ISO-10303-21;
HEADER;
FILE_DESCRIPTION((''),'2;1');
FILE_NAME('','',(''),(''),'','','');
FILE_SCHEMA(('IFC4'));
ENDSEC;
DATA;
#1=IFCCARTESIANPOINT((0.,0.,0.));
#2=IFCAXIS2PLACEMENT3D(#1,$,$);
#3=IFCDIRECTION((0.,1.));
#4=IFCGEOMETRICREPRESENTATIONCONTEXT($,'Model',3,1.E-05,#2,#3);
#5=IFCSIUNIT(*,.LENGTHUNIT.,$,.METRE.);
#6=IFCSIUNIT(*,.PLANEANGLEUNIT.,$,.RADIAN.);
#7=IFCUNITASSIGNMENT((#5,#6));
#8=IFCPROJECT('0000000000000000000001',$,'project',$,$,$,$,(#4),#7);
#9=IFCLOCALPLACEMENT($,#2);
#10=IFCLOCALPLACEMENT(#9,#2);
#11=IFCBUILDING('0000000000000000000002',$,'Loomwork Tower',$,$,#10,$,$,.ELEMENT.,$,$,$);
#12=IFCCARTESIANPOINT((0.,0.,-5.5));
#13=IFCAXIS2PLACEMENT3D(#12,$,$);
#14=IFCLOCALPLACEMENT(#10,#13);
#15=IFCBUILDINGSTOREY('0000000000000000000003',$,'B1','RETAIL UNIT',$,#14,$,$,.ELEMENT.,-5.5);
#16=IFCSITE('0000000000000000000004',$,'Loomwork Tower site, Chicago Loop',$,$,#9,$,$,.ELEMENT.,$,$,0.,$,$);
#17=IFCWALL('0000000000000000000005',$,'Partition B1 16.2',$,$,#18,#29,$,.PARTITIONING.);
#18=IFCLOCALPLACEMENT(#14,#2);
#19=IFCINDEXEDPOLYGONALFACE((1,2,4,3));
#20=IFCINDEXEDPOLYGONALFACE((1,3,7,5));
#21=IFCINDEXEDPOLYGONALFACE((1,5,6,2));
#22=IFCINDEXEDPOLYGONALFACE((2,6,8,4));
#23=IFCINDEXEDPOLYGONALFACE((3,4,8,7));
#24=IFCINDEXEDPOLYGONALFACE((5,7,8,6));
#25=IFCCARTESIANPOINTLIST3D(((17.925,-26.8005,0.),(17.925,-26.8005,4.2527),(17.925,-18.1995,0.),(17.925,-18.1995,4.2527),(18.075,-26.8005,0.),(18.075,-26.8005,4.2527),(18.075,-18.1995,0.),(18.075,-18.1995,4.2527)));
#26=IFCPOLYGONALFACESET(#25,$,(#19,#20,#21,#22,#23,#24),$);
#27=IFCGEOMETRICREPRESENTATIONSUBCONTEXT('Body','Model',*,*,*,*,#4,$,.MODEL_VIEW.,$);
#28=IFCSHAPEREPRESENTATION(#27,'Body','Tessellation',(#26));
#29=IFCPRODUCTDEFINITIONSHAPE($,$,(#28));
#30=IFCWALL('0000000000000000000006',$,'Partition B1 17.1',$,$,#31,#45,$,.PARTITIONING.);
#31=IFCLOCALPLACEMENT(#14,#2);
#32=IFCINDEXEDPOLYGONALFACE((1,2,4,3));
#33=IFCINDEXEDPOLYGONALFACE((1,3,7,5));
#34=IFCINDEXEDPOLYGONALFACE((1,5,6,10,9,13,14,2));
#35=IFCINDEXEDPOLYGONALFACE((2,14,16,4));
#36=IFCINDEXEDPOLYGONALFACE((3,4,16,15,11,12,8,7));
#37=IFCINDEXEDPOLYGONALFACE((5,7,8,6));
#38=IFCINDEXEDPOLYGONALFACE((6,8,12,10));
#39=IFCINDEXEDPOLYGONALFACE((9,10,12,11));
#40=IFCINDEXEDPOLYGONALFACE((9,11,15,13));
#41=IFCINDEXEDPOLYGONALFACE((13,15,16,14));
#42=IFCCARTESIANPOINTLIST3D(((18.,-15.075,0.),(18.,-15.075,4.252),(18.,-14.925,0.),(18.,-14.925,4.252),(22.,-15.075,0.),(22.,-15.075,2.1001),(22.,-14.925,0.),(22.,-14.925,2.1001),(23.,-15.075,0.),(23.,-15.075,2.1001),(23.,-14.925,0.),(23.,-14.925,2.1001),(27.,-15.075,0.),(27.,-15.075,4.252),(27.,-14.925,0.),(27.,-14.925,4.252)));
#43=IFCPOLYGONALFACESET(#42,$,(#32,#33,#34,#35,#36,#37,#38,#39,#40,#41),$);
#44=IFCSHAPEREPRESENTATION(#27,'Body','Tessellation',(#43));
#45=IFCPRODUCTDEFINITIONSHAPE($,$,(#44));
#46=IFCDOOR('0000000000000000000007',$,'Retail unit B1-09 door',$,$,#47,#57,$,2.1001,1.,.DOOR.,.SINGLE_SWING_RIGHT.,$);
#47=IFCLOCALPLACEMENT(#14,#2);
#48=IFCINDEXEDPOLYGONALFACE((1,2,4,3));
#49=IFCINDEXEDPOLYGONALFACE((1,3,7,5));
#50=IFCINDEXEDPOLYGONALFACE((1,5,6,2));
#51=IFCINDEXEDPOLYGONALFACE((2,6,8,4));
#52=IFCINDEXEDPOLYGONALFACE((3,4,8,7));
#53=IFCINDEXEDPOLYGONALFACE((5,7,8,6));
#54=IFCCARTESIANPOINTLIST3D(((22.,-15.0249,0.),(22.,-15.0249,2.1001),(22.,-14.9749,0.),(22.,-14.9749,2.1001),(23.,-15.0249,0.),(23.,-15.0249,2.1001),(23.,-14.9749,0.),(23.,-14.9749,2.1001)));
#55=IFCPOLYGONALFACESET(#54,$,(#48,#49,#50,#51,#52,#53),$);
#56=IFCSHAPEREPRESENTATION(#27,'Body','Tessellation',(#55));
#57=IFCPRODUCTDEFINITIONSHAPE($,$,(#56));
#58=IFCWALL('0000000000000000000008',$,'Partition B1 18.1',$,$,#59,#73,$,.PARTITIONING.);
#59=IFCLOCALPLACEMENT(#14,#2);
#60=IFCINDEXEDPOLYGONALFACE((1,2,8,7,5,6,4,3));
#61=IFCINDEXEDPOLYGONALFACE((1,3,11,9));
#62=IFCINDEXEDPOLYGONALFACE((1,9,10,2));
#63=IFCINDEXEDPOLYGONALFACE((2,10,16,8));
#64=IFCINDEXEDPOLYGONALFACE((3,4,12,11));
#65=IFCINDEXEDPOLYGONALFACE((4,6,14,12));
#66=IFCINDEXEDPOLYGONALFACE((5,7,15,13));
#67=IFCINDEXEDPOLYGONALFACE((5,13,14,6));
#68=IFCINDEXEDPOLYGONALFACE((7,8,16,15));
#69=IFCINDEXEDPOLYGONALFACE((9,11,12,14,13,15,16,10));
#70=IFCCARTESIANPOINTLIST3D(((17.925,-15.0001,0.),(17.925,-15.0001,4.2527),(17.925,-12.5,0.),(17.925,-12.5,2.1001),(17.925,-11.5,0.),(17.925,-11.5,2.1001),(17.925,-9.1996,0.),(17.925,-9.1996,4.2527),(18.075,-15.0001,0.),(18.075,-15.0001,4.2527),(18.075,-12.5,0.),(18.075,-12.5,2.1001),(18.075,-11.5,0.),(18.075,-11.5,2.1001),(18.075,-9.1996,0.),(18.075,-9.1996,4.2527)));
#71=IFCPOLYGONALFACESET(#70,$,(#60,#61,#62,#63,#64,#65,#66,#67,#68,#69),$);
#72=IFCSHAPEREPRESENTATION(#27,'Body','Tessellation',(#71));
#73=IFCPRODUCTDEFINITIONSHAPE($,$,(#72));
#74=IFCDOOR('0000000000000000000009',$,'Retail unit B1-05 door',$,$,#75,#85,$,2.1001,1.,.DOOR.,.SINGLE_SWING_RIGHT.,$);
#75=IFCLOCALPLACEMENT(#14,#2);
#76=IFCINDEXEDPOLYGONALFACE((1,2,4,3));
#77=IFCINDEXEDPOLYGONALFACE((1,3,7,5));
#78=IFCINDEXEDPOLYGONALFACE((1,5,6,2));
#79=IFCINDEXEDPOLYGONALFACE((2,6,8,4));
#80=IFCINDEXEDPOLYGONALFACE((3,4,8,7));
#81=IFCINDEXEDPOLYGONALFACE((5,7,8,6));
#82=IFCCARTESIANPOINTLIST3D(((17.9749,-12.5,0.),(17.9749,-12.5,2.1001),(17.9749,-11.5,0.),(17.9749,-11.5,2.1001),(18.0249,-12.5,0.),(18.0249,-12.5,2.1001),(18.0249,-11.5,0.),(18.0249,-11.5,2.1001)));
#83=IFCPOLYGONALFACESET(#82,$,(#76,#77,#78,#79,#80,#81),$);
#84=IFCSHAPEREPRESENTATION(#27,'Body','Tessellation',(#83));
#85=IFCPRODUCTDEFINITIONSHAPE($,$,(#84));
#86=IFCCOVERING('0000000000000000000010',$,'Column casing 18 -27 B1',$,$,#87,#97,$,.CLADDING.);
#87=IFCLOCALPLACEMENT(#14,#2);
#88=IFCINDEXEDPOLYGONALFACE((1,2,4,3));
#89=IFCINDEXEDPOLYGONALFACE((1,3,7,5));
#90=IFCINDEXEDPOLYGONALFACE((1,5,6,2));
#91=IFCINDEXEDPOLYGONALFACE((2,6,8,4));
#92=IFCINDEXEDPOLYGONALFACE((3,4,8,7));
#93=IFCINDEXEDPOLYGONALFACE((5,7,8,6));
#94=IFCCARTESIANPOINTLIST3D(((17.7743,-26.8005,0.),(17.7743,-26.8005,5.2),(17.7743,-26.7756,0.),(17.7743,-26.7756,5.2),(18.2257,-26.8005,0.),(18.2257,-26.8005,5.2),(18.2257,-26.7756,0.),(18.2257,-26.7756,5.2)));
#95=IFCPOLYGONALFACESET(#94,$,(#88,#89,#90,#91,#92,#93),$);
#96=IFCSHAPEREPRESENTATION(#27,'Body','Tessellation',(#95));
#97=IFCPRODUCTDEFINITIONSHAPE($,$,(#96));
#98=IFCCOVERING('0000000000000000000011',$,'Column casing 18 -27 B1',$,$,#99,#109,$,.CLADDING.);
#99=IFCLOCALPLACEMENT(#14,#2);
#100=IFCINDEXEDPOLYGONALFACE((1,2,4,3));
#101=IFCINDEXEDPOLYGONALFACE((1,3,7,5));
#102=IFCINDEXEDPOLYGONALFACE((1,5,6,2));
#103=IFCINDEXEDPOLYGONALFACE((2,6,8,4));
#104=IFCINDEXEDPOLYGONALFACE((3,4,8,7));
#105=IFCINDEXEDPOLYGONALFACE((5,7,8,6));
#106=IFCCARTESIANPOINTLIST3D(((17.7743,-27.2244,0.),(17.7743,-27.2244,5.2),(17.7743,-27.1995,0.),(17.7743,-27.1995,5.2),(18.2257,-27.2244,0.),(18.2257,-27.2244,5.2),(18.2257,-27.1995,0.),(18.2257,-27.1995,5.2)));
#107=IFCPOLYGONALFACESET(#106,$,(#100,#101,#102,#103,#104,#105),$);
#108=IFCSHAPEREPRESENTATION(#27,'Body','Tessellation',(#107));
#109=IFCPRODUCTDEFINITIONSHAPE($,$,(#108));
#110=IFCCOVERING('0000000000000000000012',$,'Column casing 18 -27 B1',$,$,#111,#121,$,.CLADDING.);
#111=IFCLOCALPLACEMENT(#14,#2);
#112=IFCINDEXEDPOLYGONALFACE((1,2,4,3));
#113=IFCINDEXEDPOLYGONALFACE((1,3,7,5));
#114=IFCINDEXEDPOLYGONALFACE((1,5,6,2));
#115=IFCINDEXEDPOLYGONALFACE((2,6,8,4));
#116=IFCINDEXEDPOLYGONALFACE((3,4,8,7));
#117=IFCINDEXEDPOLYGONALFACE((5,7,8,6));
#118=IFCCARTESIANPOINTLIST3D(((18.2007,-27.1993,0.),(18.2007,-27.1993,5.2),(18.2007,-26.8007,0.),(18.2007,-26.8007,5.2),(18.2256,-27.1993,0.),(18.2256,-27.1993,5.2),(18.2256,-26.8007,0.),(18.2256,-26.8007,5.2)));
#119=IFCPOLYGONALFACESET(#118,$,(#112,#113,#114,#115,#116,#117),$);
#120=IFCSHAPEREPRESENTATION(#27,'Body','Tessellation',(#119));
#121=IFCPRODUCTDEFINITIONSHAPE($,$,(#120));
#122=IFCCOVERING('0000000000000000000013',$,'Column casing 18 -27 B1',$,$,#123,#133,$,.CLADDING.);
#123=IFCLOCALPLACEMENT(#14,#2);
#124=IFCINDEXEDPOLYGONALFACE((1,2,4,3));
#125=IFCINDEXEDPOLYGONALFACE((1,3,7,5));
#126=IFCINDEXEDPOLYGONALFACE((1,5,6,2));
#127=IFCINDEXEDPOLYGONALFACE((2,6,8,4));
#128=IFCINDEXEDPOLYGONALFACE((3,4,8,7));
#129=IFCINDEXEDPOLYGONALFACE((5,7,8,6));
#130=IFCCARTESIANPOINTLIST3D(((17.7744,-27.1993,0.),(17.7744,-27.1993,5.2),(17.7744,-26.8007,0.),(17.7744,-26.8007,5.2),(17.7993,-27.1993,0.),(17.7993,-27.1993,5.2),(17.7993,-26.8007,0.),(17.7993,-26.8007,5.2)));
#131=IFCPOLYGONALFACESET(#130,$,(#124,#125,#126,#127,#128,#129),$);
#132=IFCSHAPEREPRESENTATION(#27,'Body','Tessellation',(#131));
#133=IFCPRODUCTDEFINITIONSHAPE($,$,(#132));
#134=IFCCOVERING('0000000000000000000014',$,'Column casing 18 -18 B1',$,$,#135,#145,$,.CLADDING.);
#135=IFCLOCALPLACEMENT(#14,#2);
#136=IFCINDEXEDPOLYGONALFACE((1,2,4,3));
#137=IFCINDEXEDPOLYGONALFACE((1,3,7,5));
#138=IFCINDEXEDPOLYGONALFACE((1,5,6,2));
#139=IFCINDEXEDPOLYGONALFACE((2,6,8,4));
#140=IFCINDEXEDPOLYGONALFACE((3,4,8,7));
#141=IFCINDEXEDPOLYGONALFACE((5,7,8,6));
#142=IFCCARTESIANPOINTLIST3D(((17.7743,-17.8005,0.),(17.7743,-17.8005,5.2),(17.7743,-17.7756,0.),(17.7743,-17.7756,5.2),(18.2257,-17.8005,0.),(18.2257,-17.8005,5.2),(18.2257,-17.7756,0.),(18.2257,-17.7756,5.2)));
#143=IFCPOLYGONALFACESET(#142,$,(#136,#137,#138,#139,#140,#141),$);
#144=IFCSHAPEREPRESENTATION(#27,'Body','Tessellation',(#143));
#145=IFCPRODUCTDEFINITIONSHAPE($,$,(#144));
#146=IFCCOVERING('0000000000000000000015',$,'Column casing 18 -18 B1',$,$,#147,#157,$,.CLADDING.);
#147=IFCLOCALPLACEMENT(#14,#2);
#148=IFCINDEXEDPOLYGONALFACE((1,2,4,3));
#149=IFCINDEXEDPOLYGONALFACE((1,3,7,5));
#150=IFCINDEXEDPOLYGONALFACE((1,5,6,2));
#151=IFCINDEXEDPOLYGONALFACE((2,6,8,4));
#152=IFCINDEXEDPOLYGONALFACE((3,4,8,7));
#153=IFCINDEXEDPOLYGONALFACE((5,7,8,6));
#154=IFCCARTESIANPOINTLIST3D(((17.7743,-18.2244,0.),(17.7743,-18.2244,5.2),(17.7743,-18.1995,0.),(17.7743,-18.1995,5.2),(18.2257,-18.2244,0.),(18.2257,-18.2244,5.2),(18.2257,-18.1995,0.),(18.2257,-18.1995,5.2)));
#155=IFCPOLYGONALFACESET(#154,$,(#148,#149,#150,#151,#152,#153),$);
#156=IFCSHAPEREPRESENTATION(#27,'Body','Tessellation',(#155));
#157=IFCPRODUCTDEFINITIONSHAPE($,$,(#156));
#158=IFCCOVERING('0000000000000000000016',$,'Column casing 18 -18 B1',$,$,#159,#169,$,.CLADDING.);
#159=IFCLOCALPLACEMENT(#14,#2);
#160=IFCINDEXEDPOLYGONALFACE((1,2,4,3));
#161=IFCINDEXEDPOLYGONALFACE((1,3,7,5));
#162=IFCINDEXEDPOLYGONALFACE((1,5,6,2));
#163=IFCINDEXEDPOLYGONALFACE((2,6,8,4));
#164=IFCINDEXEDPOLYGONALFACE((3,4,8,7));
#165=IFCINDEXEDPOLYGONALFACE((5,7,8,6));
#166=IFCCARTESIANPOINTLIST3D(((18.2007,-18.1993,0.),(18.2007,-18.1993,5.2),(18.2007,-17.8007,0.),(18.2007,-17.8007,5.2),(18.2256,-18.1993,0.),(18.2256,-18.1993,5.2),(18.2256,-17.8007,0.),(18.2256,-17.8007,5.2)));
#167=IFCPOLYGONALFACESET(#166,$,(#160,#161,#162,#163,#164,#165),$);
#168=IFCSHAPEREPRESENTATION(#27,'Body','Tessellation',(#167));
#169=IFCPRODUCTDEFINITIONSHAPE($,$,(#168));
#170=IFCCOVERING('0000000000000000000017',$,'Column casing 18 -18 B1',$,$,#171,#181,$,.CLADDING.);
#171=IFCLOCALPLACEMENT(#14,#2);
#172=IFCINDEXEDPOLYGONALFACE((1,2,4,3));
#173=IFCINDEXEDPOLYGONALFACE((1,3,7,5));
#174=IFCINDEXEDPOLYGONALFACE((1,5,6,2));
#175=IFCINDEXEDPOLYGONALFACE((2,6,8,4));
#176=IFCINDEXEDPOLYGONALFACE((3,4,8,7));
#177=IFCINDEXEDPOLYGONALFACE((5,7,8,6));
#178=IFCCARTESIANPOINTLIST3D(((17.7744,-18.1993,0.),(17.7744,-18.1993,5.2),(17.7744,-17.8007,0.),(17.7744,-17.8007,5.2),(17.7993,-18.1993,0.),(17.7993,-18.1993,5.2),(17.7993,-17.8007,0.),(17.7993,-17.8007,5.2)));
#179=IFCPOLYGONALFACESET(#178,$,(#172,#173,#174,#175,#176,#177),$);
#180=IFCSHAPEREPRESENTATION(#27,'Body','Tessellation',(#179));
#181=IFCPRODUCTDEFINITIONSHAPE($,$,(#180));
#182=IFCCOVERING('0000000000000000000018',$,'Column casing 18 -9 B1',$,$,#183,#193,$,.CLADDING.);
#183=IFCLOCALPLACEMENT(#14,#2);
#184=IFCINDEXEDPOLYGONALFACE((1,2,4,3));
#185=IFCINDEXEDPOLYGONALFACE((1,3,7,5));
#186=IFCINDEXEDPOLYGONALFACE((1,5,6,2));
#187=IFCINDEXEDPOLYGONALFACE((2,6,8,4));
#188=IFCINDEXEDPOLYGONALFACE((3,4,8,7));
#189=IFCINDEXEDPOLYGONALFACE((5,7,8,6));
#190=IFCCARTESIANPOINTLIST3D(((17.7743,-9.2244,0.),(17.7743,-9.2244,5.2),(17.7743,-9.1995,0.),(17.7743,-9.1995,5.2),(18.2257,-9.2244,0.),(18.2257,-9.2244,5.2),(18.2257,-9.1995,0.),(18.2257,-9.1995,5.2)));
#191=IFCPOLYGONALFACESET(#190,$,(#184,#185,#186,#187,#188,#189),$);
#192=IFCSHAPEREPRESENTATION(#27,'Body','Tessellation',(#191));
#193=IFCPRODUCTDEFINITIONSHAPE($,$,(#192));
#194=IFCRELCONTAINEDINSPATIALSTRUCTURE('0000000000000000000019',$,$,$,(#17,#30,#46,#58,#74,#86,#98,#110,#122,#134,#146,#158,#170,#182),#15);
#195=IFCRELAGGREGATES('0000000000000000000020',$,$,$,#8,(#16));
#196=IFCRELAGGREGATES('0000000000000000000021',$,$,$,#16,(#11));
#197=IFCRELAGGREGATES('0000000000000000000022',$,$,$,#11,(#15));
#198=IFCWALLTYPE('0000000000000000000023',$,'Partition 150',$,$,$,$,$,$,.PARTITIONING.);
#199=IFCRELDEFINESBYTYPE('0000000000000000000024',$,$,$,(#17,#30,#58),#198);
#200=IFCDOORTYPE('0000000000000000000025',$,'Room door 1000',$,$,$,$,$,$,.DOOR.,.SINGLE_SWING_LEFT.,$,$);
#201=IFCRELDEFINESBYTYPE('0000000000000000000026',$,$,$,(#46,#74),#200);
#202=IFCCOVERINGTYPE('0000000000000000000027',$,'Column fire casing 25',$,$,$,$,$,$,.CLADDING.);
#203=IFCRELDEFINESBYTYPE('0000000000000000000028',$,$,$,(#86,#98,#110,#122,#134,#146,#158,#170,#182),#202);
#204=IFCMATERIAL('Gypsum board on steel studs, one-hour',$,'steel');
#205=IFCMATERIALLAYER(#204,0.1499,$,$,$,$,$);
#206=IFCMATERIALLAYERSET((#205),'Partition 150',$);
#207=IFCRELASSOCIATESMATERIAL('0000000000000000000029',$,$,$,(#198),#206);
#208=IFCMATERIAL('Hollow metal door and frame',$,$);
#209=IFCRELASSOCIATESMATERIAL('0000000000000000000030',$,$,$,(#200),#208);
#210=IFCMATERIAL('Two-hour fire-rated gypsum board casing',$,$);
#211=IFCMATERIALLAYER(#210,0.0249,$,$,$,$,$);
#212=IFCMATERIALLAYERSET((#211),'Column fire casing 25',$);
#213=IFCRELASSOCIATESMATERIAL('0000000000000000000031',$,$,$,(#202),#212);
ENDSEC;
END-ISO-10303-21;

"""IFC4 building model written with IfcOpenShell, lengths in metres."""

from ifc_helpers import new_model, si_unit, direction, frame, frame_2d, origin, origin_2d, place, context, subcontext, project, spatial, rectangle, extrude, material, layer, layer_set, type_object, element, fill, save


model = new_model("IFC4")

# Units and contexts
model_context = context("Model", 3, precision=1e-05, world=origin(), true_north=direction((0.0, 1.0)))
body_context = subcontext(model_context, "Body", "Model", "MODEL_VIEW")
ifc_project = project(units=[si_unit("LENGTHUNIT", "METRE"), si_unit("PLANEANGLEUNIT", "RADIAN")], contexts=[model_context])

# Site, building, storey
site_placement = place(None, origin())
site = spatial("IfcSite", under=ifc_project, at=site_placement, Name="Loomwork Tower site, Chicago Loop", CompositionType="ELEMENT", RefElevation=0.0)
building_placement = place(site_placement, origin())
building = spatial("IfcBuilding", under=site, at=building_placement, Name="Loomwork Tower", CompositionType="ELEMENT")
storey_placement = place(building_placement, frame((0.0, 0.0, -5.5)))
storey = spatial("IfcBuildingStorey", under=building, at=storey_placement, Name="B1", Description="RETAIL UNIT", CompositionType="ELEMENT", Elevation=-5.5)

# Wall
ifc_material_1 = material(Name="Gypsum board on steel studs, one-hour", Category="steel")
ifc_layer_1 = layer(ifc_material_1, 0.1499)
ifc_layer_set_1 = layer_set([ifc_layer_1], Name="Partition 150")
wall_type = type_object("IfcWallType", Name="Partition 150", PredefinedType="PARTITIONING", material=ifc_layer_set_1)
wall_1_placement = place(storey_placement, frame((18.0, -18.1995, 0.0), z_axis=(0.0, 0.0, 1.0), x_axis=(0.0, -1.0, 0.0)))
element("IfcWall", 1, at=wall_1_placement, inside=storey, type_object=wall_type, Name="Partition B1 16.2", PredefinedType="PARTITIONING", context=body_context, shape_type="SweptSolid", body=[
    extrude(rectangle(XDim=8.6011, YDim=0.1499, at=frame_2d((4.3005, 0.0))), origin(), (0.0, 0.0, 1.0), 4.2527),
])

# Walls, openings, doors
wall_2_placement = place(storey_placement, frame((18.0, -15.0, 0.0), z_axis=(0.0, 0.0, 1.0), x_axis=(1.0, 0.0, 0.0)))
wall_2 = element("IfcWall", 2, at=wall_2_placement, inside=storey, type_object=wall_type, Name="Partition B1 17.1", PredefinedType="PARTITIONING", context=body_context, shape_type="SweptSolid", body=[
    extrude(rectangle(XDim=9.0, YDim=0.1499, at=frame_2d((4.5, 0.0))), origin(), (0.0, 0.0, 1.0), 4.252),
])
opening_1_placement = place(wall_2_placement, frame((4.0, 0.0, 0.0)))
opening_1 = element("IfcOpeningElement", 3, at=opening_1_placement, cuts=wall_2, PredefinedType="OPENING", context=body_context, shape_type="SweptSolid", body=[
    extrude(rectangle(XDim=1.0, YDim=2.1001, at=frame_2d((0.5, 1.05))), frame((0.0, 0.085, 0.0), z_axis=(0.0, -1.0, 0.0), x_axis=(1.0, 0.0, 0.0)), (0.0, 0.0, 1.0), 0.1699),
])
ifc_material_2 = material(Name="Hollow metal door and frame")
door_type = type_object("IfcDoorType", Name="Room door 1000", OperationType="SINGLE_SWING_LEFT", PredefinedType="DOOR", material=ifc_material_2)
door_1_placement = place(opening_1_placement, frame((1.0, 0.0, 0.0), z_axis=(0.0, 0.0, 1.0), x_axis=(-1.0, 0.0, 0.0)))
door_1 = element("IfcDoor", 4, at=door_1_placement, inside=storey, type_object=door_type, Name="Retail unit B1-09 door", OperationType="SINGLE_SWING_RIGHT", OverallHeight=2.1001, OverallWidth=1.0, PredefinedType="DOOR", context=body_context, shape_type="SweptSolid", body=[
    extrude(rectangle(XDim=1.0, YDim=2.1001, at=frame_2d((0.5, 1.05))), frame((0.0, 0.0249, 0.0), z_axis=(0.0, -1.0, 0.0), x_axis=(1.0, 0.0, 0.0)), (0.0, 0.0, 1.0), 0.05),
])
fill(opening_1, door_1)
wall_3_placement = place(storey_placement, frame((18.0, -9.1995, 0.0), z_axis=(0.0, 0.0, 1.0), x_axis=(0.0, -1.0, 0.0)))
wall_3 = element("IfcWall", 5, at=wall_3_placement, inside=storey, type_object=wall_type, Name="Partition B1 18.1", PredefinedType="PARTITIONING", context=body_context, shape_type="SweptSolid", body=[
    extrude(rectangle(XDim=5.8005, YDim=0.1499, at=frame_2d((2.9004, 0.0))), origin(), (0.0, 0.0, 1.0), 4.2527),
])
opening_2_placement = place(wall_3_placement, frame((2.3005, 0.0, 0.0)))
opening_2 = element("IfcOpeningElement", 6, at=opening_2_placement, cuts=wall_3, PredefinedType="OPENING", context=body_context, shape_type="SweptSolid", body=[
    extrude(rectangle(XDim=1.0, YDim=2.1001, at=frame_2d((0.5, 1.05))), frame((0.0, 0.085, 0.0), z_axis=(0.0, -1.0, 0.0), x_axis=(1.0, 0.0, 0.0)), (0.0, 0.0, 1.0), 0.1699),
])
door_2_placement = place(opening_2_placement, origin())
door_2 = element("IfcDoor", 7, at=door_2_placement, inside=storey, type_object=door_type, Name="Retail unit B1-05 door", OperationType="SINGLE_SWING_RIGHT", OverallHeight=2.1001, OverallWidth=1.0, PredefinedType="DOOR", context=body_context, shape_type="SweptSolid", body=[
    extrude(rectangle(XDim=1.0, YDim=2.1001, at=frame_2d((0.5, 1.05))), frame((0.0, 0.0249, 0.0), z_axis=(0.0, -1.0, 0.0), x_axis=(1.0, 0.0, 0.0)), (0.0, 0.0, 1.0), 0.05),
])
fill(opening_2, door_2)

# Coverings
ifc_material_3 = material(Name="Two-hour fire-rated gypsum board casing")
ifc_layer_2 = layer(ifc_material_3, 0.0249)
ifc_layer_set_2 = layer_set([ifc_layer_2], Name="Column fire casing 25")
covering_type = type_object("IfcCoveringType", Name="Column fire casing 25", PredefinedType="CLADDING", material=ifc_layer_set_2)
for number, where, z_axis, x_axis, name in (
    (8, (18.0, -26.7881, 0.0), (0.0, 0.0, 1.0), (1.0, 0.0, 0.0), "Column casing 18 -27 B1"),
    (9, (18.0, -27.2119, 0.0), (0.0, 0.0, 1.0), (1.0, 0.0, 0.0), "Column casing 18 -27 B1"),
):
    element("IfcCovering", number, at=place(storey_placement, frame(where, z_axis=z_axis, x_axis=x_axis)), inside=storey, type_object=covering_type, Name=name, PredefinedType="CLADDING", context=body_context, shape_type="SweptSolid", body=[
        extrude(rectangle(XDim=0.4514, YDim=0.0249, at=origin_2d()), origin(), (0.0, 0.0, 1.0), 5.2),
    ])
for number, where, z_axis, x_axis, name in (
    (10, (18.2131, -27.0, 0.0), (0.0, 0.0, 1.0), (1.0, 0.0, 0.0), "Column casing 18 -27 B1"),
    (11, (17.7869, -27.0, 0.0), (0.0, 0.0, 1.0), (1.0, 0.0, 0.0), "Column casing 18 -27 B1"),
):
    element("IfcCovering", number, at=place(storey_placement, frame(where, z_axis=z_axis, x_axis=x_axis)), inside=storey, type_object=covering_type, Name=name, PredefinedType="CLADDING", context=body_context, shape_type="SweptSolid", body=[
        extrude(rectangle(XDim=0.0249, YDim=0.3987, at=origin_2d()), origin(), (0.0, 0.0, 1.0), 5.2),
    ])
for number, where, z_axis, x_axis, name in (
    (12, (18.0, -17.7881, 0.0), (0.0, 0.0, 1.0), (1.0, 0.0, 0.0), "Column casing 18 -18 B1"),
    (13, (18.0, -18.2119, 0.0), (0.0, 0.0, 1.0), (1.0, 0.0, 0.0), "Column casing 18 -18 B1"),
):
    element("IfcCovering", number, at=place(storey_placement, frame(where, z_axis=z_axis, x_axis=x_axis)), inside=storey, type_object=covering_type, Name=name, PredefinedType="CLADDING", context=body_context, shape_type="SweptSolid", body=[
        extrude(rectangle(XDim=0.4514, YDim=0.0249, at=origin_2d()), origin(), (0.0, 0.0, 1.0), 5.2),
    ])
for number, where, z_axis, x_axis, name in (
    (14, (18.2131, -18.0, 0.0), (0.0, 0.0, 1.0), (1.0, 0.0, 0.0), "Column casing 18 -18 B1"),
    (15, (17.7869, -18.0, 0.0), (0.0, 0.0, 1.0), (1.0, 0.0, 0.0), "Column casing 18 -18 B1"),
):
    element("IfcCovering", number, at=place(storey_placement, frame(where, z_axis=z_axis, x_axis=x_axis)), inside=storey, type_object=covering_type, Name=name, PredefinedType="CLADDING", context=body_context, shape_type="SweptSolid", body=[
        extrude(rectangle(XDim=0.0249, YDim=0.3987, at=origin_2d()), origin(), (0.0, 0.0, 1.0), 5.2),
    ])
covering_1_placement = place(storey_placement, frame((18.0, -9.2119, 0.0), z_axis=(0.0, 0.0, 1.0), x_axis=(1.0, 0.0, 0.0)))
element("IfcCovering", 16, at=covering_1_placement, inside=storey, type_object=covering_type, Name="Column casing 18 -9 B1", PredefinedType="CLADDING", context=body_context, shape_type="SweptSolid", body=[
    extrude(rectangle(XDim=0.4514, YDim=0.0249, at=origin_2d()), origin(), (0.0, 0.0, 1.0), 5.2),
])

save(model, "model.ifc")
